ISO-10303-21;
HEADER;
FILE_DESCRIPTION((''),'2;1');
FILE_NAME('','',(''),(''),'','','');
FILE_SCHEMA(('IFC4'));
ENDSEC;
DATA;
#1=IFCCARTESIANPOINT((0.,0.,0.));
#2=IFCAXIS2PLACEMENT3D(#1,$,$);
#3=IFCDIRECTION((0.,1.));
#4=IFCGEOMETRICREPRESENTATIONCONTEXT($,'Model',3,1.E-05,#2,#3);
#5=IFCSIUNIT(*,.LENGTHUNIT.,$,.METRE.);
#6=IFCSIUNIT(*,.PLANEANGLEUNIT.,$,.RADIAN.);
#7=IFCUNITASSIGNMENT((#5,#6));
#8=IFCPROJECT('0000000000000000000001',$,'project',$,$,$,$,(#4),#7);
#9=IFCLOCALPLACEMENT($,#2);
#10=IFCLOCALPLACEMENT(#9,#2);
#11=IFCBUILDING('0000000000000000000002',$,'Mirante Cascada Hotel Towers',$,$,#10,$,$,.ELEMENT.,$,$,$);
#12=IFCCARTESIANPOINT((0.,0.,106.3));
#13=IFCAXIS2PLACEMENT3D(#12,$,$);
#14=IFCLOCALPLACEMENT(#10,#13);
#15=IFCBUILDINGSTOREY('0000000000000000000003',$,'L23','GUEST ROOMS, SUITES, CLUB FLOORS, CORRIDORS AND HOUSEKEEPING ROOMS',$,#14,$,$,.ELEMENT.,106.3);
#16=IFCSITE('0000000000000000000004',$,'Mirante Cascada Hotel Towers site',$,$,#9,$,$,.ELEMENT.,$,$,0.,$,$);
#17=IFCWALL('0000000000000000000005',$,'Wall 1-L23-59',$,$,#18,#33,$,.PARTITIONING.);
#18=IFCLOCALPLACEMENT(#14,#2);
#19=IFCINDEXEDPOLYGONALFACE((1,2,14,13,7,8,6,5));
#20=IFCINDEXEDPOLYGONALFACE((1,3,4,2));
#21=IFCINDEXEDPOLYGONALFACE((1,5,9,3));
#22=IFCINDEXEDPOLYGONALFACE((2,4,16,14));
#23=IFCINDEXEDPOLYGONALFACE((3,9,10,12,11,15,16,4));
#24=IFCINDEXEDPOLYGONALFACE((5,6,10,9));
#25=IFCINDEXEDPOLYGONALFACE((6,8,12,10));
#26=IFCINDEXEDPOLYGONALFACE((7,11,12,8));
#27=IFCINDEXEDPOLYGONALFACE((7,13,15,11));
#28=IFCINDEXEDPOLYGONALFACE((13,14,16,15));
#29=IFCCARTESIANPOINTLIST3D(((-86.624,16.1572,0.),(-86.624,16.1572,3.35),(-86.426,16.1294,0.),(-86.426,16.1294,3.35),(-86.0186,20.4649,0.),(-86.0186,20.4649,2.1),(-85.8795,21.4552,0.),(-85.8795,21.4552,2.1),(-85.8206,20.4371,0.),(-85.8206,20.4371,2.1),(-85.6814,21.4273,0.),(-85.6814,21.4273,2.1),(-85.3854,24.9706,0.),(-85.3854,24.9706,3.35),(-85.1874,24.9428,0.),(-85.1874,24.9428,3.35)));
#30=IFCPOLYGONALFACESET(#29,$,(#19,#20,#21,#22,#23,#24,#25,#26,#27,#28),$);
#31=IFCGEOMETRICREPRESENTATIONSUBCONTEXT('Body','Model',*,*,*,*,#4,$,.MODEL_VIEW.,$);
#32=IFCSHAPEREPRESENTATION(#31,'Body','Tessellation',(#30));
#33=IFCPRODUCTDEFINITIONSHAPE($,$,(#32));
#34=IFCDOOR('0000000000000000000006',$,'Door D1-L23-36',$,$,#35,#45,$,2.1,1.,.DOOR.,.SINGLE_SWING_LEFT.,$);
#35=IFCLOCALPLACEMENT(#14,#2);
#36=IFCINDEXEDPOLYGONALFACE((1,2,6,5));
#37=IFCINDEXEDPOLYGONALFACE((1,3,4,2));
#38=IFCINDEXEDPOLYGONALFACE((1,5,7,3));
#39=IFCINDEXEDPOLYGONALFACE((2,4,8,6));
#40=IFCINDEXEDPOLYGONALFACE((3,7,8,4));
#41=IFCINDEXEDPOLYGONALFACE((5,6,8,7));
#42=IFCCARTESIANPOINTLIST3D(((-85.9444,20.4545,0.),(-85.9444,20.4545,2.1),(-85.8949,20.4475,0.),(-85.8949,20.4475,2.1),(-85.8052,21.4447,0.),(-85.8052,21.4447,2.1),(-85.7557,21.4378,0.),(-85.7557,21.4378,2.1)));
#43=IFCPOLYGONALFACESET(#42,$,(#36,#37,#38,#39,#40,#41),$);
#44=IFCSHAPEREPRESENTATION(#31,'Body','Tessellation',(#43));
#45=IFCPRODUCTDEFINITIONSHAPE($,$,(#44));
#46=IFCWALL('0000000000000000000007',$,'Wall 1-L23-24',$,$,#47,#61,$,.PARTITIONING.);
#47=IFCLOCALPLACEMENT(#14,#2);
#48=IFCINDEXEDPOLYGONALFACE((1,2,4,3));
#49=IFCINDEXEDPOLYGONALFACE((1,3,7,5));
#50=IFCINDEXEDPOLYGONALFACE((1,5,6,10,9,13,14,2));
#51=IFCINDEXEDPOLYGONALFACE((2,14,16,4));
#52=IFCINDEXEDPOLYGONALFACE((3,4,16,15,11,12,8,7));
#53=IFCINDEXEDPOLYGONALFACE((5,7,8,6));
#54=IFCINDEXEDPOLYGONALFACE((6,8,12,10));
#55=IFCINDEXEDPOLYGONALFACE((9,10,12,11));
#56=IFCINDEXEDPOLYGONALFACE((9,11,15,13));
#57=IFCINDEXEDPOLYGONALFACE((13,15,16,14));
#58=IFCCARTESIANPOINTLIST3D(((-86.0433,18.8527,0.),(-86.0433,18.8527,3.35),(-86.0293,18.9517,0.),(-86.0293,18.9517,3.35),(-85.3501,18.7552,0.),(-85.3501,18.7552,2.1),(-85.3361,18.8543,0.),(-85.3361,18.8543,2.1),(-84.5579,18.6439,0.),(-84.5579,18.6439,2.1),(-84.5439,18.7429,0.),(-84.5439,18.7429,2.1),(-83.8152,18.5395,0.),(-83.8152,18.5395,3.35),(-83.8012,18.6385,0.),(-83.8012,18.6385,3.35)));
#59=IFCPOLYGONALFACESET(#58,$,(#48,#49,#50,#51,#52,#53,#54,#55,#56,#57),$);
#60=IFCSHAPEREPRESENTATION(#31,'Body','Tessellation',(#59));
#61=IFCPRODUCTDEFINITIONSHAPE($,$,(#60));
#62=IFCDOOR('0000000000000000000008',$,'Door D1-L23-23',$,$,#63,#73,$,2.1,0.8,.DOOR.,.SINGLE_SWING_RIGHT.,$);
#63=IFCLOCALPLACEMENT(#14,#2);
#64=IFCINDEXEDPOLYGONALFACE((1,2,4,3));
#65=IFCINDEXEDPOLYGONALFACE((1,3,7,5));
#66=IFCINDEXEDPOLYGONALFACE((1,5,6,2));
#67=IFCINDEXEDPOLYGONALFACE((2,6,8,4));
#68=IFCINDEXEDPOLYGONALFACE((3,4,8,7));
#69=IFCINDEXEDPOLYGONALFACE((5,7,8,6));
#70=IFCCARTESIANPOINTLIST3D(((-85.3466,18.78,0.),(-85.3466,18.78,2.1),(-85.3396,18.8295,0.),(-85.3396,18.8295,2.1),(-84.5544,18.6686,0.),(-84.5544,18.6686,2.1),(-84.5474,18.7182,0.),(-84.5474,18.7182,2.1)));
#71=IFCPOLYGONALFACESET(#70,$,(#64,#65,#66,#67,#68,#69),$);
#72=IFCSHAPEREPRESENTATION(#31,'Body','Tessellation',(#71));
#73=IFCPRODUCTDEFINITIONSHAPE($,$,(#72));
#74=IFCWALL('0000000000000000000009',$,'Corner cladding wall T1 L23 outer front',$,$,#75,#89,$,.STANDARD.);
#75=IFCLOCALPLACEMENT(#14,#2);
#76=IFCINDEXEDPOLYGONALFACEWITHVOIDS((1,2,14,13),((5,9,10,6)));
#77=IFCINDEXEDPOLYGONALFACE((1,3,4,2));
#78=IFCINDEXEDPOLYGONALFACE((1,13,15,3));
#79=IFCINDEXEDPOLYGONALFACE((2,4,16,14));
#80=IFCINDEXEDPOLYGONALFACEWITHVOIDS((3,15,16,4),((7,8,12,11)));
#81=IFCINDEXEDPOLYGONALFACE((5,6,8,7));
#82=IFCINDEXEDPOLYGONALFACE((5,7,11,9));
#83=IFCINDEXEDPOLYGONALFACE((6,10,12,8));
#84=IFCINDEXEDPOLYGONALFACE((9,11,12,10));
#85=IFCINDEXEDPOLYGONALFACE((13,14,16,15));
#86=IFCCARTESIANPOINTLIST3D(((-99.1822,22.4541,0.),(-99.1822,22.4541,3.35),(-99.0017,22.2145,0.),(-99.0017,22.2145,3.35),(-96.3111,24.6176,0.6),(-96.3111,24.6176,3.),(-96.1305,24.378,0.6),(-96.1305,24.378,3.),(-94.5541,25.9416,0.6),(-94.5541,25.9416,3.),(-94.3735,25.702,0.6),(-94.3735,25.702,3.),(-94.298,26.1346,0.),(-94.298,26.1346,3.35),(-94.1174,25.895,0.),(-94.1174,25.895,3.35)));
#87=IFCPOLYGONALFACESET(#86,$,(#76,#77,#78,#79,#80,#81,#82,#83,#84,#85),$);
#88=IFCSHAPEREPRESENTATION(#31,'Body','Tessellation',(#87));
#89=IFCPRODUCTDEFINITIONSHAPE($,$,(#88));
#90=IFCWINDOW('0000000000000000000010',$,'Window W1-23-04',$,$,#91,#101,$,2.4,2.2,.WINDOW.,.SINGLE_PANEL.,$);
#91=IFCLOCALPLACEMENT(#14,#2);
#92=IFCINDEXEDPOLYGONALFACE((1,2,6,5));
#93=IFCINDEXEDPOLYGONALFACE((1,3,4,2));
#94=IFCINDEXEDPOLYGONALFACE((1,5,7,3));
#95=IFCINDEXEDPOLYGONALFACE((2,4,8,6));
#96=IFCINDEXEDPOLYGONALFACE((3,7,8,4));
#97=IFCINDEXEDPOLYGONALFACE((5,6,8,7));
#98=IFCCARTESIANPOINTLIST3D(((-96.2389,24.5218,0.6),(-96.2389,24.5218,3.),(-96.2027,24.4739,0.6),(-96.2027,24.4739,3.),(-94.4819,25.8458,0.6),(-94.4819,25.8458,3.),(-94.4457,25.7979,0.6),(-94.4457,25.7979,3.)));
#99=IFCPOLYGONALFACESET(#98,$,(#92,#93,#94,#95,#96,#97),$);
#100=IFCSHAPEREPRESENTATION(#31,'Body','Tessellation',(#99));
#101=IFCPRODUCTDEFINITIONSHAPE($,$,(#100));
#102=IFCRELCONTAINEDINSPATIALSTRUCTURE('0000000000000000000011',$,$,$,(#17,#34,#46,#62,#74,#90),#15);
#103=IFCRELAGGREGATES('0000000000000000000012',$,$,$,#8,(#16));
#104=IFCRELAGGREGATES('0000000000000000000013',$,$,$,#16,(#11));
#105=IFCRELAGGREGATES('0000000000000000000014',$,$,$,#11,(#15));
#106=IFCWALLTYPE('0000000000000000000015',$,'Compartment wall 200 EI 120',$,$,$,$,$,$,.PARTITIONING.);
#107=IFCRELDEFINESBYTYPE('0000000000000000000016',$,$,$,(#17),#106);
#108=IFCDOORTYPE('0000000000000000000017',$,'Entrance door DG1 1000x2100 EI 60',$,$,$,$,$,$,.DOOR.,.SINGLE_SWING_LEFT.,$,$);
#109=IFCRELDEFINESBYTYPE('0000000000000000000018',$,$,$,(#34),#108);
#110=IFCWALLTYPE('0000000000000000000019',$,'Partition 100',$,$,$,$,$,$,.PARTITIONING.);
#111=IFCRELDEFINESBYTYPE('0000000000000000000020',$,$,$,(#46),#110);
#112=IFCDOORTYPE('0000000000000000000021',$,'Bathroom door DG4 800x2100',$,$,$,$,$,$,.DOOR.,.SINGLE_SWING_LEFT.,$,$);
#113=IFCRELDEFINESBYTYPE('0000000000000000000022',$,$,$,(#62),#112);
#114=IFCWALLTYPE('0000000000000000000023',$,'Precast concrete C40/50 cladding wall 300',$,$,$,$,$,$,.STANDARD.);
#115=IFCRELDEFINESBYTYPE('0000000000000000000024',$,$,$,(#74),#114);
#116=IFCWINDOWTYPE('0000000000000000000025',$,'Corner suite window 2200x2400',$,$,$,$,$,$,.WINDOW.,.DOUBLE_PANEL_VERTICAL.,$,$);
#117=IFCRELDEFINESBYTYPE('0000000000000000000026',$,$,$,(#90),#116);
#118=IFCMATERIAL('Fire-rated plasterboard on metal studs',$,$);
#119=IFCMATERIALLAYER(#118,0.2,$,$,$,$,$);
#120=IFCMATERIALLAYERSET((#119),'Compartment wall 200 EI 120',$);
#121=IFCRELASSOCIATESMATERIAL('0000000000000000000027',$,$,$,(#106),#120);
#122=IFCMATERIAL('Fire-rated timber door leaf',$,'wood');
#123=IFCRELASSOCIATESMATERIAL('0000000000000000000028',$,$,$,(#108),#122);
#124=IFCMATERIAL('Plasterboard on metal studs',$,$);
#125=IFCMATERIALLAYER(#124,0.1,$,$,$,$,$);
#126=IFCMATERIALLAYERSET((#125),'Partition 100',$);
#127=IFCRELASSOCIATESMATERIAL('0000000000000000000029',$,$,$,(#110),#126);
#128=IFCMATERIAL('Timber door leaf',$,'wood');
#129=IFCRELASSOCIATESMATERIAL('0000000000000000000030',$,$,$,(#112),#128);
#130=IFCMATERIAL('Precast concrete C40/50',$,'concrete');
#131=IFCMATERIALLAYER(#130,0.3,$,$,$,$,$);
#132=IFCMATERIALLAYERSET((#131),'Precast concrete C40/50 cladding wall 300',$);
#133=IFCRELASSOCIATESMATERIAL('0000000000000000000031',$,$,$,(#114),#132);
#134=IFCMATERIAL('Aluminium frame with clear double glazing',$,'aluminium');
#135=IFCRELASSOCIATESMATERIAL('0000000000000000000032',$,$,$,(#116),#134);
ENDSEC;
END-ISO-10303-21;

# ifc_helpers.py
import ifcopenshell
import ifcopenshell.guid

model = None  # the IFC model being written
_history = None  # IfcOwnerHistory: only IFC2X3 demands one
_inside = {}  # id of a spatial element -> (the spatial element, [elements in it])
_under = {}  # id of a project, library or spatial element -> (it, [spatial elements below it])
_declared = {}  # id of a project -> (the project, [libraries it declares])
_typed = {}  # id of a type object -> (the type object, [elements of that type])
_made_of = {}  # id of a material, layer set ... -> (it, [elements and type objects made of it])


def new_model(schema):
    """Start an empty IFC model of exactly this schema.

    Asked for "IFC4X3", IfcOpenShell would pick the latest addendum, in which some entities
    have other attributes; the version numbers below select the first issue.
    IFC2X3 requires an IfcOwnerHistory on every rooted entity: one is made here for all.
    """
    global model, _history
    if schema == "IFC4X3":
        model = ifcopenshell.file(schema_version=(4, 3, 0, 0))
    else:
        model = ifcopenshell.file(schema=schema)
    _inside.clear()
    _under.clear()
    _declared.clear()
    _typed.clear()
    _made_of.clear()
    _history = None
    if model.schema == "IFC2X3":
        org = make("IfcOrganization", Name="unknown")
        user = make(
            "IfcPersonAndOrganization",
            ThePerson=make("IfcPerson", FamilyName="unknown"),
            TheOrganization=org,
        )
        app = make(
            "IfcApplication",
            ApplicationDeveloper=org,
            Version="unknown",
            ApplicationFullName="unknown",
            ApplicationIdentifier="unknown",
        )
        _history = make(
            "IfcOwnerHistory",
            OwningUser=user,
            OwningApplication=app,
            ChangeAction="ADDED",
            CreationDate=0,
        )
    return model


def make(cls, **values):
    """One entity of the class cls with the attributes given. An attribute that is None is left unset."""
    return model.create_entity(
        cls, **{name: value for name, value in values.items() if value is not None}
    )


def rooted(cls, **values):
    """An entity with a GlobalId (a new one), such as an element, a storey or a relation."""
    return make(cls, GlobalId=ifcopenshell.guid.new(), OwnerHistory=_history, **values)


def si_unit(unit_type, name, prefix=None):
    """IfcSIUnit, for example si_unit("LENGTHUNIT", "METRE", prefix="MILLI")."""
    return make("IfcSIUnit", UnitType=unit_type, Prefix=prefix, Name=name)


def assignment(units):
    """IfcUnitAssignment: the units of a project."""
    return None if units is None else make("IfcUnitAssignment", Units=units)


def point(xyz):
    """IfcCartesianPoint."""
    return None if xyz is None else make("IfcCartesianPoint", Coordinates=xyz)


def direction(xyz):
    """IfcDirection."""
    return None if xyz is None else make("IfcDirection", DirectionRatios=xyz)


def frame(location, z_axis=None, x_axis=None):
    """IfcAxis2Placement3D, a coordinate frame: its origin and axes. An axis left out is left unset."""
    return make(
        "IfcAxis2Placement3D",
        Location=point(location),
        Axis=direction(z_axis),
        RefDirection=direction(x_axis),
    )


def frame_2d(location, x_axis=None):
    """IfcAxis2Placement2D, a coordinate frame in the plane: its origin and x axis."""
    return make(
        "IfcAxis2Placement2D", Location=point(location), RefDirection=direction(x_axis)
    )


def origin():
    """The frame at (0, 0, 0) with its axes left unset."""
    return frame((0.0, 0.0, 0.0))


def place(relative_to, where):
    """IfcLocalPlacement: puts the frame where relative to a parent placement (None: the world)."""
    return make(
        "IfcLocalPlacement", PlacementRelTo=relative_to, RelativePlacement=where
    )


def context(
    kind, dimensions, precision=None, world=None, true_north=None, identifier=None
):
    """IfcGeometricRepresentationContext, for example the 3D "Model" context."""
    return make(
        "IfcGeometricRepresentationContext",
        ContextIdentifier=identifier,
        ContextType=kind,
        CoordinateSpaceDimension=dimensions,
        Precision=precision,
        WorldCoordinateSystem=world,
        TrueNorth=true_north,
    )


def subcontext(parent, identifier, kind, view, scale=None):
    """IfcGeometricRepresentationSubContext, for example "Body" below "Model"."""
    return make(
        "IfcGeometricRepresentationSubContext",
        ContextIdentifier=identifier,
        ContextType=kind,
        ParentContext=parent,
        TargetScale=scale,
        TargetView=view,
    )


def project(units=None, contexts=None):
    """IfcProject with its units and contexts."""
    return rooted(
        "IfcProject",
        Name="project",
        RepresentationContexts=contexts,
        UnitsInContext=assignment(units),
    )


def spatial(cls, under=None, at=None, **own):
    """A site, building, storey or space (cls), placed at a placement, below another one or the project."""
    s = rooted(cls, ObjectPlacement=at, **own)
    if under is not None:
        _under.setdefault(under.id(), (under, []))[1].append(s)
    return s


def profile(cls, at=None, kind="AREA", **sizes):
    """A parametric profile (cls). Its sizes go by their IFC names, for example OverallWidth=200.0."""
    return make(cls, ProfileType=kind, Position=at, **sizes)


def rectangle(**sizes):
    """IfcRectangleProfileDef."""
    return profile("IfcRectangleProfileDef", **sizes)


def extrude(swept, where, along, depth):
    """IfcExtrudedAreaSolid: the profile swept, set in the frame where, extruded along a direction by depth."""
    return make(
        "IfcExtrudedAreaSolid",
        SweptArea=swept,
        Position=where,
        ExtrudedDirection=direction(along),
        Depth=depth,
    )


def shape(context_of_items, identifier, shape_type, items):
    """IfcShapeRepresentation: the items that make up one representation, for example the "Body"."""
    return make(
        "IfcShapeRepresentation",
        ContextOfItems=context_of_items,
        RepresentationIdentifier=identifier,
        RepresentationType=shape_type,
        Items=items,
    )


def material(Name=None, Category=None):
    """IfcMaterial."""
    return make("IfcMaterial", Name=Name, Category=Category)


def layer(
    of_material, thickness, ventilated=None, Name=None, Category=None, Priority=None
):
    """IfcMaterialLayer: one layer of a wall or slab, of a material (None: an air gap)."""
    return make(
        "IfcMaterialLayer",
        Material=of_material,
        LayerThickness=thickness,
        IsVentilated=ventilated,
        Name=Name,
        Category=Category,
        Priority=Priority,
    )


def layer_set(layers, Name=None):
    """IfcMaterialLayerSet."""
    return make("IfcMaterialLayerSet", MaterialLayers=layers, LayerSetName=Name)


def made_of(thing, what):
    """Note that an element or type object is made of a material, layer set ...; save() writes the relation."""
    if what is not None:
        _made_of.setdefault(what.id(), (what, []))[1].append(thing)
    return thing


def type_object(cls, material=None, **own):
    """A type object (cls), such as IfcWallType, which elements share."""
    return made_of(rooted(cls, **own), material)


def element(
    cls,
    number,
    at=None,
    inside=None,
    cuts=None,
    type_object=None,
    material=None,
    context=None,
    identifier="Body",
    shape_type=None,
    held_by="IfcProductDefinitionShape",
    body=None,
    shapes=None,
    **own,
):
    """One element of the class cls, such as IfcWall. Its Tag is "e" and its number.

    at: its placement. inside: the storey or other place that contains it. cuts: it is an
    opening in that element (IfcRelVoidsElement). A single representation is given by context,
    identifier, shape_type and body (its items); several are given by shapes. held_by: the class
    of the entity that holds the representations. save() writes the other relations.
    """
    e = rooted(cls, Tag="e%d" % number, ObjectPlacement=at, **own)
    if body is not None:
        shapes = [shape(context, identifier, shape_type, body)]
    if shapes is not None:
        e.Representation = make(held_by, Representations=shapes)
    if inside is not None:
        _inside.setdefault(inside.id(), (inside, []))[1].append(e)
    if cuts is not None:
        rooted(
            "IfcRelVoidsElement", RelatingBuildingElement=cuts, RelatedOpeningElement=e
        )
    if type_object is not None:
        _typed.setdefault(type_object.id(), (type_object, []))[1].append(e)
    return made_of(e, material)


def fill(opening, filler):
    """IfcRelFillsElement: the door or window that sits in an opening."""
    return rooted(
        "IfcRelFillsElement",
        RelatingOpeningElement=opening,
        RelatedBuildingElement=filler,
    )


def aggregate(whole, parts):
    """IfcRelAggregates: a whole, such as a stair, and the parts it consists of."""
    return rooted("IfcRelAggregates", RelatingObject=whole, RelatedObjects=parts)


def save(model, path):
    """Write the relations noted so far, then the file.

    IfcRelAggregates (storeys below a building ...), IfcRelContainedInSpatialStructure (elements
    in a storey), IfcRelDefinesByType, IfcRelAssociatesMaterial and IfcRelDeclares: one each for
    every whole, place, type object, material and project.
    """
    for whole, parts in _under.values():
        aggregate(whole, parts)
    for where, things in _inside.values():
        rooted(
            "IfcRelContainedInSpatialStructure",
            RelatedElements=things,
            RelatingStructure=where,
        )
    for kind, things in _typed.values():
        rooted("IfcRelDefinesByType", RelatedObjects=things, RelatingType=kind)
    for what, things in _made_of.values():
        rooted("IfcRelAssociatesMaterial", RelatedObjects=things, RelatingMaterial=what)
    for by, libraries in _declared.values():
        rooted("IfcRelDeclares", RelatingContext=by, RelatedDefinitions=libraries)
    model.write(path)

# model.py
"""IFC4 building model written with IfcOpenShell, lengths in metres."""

from ifc_helpers import new_model, si_unit, direction, frame, frame_2d, origin, place, context, subcontext, project, spatial, rectangle, extrude, material, layer, layer_set, type_object, element, fill, save


model = new_model("IFC4")

# Units and contexts
model_context = context("Model", 3, precision=1e-05, world=origin(), true_north=direction((0.0, 1.0)))
body_context = subcontext(model_context, "Body", "Model", "MODEL_VIEW")
ifc_project = project(units=[si_unit("LENGTHUNIT", "METRE"), si_unit("PLANEANGLEUNIT", "RADIAN")], contexts=[model_context])

# Site, building, storey
site_placement = place(None, origin())
site = spatial("IfcSite", under=ifc_project, at=site_placement, Name="Mirante Cascada Hotel Towers site", CompositionType="ELEMENT", RefElevation=0.0)
building_placement = place(site_placement, origin())
building = spatial("IfcBuilding", under=site, at=building_placement, Name="Mirante Cascada Hotel Towers", CompositionType="ELEMENT")
storey_placement = place(building_placement, frame((0.0, 0.0, 106.3)))
storey = spatial("IfcBuildingStorey", under=building, at=storey_placement, Name="L23", Description="GUEST ROOMS, SUITES, CLUB FLOORS, CORRIDORS AND HOUSEKEEPING ROOMS", CompositionType="ELEMENT", Elevation=106.3)

# Shared definitions
ifc_material_1 = material(Name="Fire-rated plasterboard on metal studs")
ifc_layer_1 = layer(ifc_material_1, 0.2)
ifc_layer_set_1 = layer_set([ifc_layer_1], Name="Compartment wall 200 EI 120")
wall_type_1 = type_object("IfcWallType", Name="Compartment wall 200 EI 120", PredefinedType="PARTITIONING", material=ifc_layer_set_1)

# Walls, openings, doors
wall_1_placement = place(storey_placement, frame((-85.2864, 24.9567, 0.0), z_axis=(0.0, 0.0, 1.0), x_axis=(-0.139168, -0.990269, 0.0)))
wall_1 = element("IfcWall", 1, at=wall_1_placement, inside=storey, type_object=wall_type_1, Name="Wall 1-L23-59", PredefinedType="PARTITIONING", context=body_context, shape_type="SweptSolid", body=[
    extrude(rectangle(XDim=8.9, YDim=0.2, at=frame_2d((4.45, 0.0))), origin(), (0.0, 0.0, 1.0), 3.35),
])
opening_1_placement = place(wall_1_placement, frame((3.55, 0.0, 0.0)))
opening_1 = element("IfcOpeningElement", 2, at=opening_1_placement, cuts=wall_1, PredefinedType="OPENING", context=body_context, shape_type="SweptSolid", body=[
    extrude(rectangle(XDim=1.0, YDim=2.1, at=frame_2d((0.5, 1.05))), frame((0.0, 0.1, 0.0), z_axis=(0.0, -1.0, 0.0), x_axis=(1.0, 0.0, 0.0)), (0.0, 0.0, 1.0), 0.2),
])
ifc_material_2 = material(Name="Fire-rated timber door leaf", Category="wood")
door_type_1 = type_object("IfcDoorType", Name="Entrance door DG1 1000x2100 EI 60", OperationType="SINGLE_SWING_LEFT", PredefinedType="DOOR", material=ifc_material_2)
door_1_placement = place(opening_1_placement, origin())
door_1 = element("IfcDoor", 3, at=door_1_placement, inside=storey, type_object=door_type_1, Name="Door D1-L23-36", OperationType="SINGLE_SWING_LEFT", OverallHeight=2.1, OverallWidth=1.0, PredefinedType="DOOR", context=body_context, shape_type="SweptSolid", body=[
    extrude(rectangle(XDim=1.0, YDim=2.1, at=frame_2d((0.5, 1.05))), frame((0.0, 0.025, 0.0), z_axis=(0.0, -1.0, 0.0), x_axis=(1.0, 0.0, 0.0)), (0.0, 0.0, 1.0), 0.05),
])
fill(opening_1, door_1)
ifc_material_3 = material(Name="Plasterboard on metal studs")
ifc_layer_2 = layer(ifc_material_3, 0.1)
ifc_layer_set_2 = layer_set([ifc_layer_2], Name="Partition 100")
wall_type_2 = type_object("IfcWallType", Name="Partition 100", PredefinedType="PARTITIONING", material=ifc_layer_set_2)
wall_2_placement = place(storey_placement, frame((-83.8082, 18.589, 0.0), z_axis=(0.0, 0.0, 1.0), x_axis=(-0.990264, 0.1392, 0.0)))
wall_2 = element("IfcWall", 4, at=wall_2_placement, inside=storey, type_object=wall_type_2, Name="Wall 1-L23-24", PredefinedType="PARTITIONING", context=body_context, shape_type="SweptSolid", body=[
    extrude(rectangle(XDim=2.25, YDim=0.1, at=frame_2d((1.125, 0.0))), origin(), (0.0, 0.0, 1.0), 3.35),
])
opening_2_placement = place(wall_2_placement, frame((0.75, 0.0, 0.0)))
opening_2 = element("IfcOpeningElement", 5, at=opening_2_placement, cuts=wall_2, PredefinedType="OPENING", context=body_context, shape_type="SweptSolid", body=[
    extrude(rectangle(XDim=0.8, YDim=2.1, at=frame_2d((0.4, 1.05))), frame((0.0, 0.05, 0.0), z_axis=(0.0, -1.0, 0.0), x_axis=(1.0, 0.0, 0.0)), (0.0, 0.0, 1.0), 0.1),
])
ifc_material_4 = material(Name="Timber door leaf", Category="wood")
door_type_2 = type_object("IfcDoorType", Name="Bathroom door DG4 800x2100", OperationType="SINGLE_SWING_LEFT", PredefinedType="DOOR", material=ifc_material_4)
door_2_placement = place(opening_2_placement, frame((0.8, 0.0, 0.0), z_axis=(0.0, 0.0, 1.0), x_axis=(-1.0, 0.0, 0.0)))
door_2 = element("IfcDoor", 6, at=door_2_placement, inside=storey, type_object=door_type_2, Name="Door D1-L23-23", OperationType="SINGLE_SWING_RIGHT", OverallHeight=2.1, OverallWidth=0.8, PredefinedType="DOOR", context=body_context, shape_type="SweptSolid", body=[
    extrude(rectangle(XDim=0.8, YDim=2.1, at=frame_2d((0.4, 1.05))), frame((0.0, 0.025, 0.0), z_axis=(0.0, -1.0, 0.0), x_axis=(1.0, 0.0, 0.0)), (0.0, 0.0, 1.0), 0.05),
])
fill(opening_2, door_2)

# Wall, opening, window
ifc_material_5 = material(Name="Precast concrete C40/50", Category="concrete")
ifc_layer_3 = layer(ifc_material_5, 0.3)
ifc_layer_set_3 = layer_set([ifc_layer_3], Name="Precast concrete C40/50 cladding wall 300")
wall_type_3 = type_object("IfcWallType", Name="Precast concrete C40/50 cladding wall 300", PredefinedType="STANDARD", material=ifc_layer_set_3)
wall_3_placement = place(storey_placement, frame((-99.0919, 22.3343, 0.0), z_axis=(0.0, 0.0, 1.0), x_axis=(0.798636, 0.601814, 0.0)))
wall_3 = element("IfcWall", 7, at=wall_3_placement, inside=storey, type_object=wall_type_3, Name="Corner cladding wall T1 L23 outer front", PredefinedType="STANDARD", context=body_context, shape_type="SweptSolid", body=[
    extrude(rectangle(XDim=6.1157, YDim=0.3, at=frame_2d((3.0578, 0.0))), origin(), (0.0, 0.0, 1.0), 3.35),
])
opening_3_placement = place(wall_3_placement, frame((3.595, 0.0, 0.6)))
opening_3 = element("IfcOpeningElement", 8, at=opening_3_placement, cuts=wall_3, PredefinedType="OPENING", context=body_context, shape_type="SweptSolid", body=[
    extrude(rectangle(XDim=2.2, YDim=2.4, at=frame_2d((1.1, 1.2))), frame((0.0, 0.15, 0.0), z_axis=(0.0, -1.0, 0.0), x_axis=(1.0, 0.0, 0.0)), (0.0, 0.0, 1.0), 0.3),
])
ifc_material_6 = material(Name="Aluminium frame with clear double glazing", Category="aluminium")
window_type = type_object("IfcWindowType", Name="Corner suite window 2200x2400", PartitioningType="DOUBLE_PANEL_VERTICAL", PredefinedType="WINDOW", material=ifc_material_6)
window_placement = place(opening_3_placement, origin())
window = element("IfcWindow", 9, at=window_placement, inside=storey, type_object=window_type, Name="Window W1-23-04", OverallHeight=2.4, OverallWidth=2.2, PartitioningType="SINGLE_PANEL", PredefinedType="WINDOW", context=body_context, shape_type="SweptSolid", body=[
    extrude(rectangle(XDim=2.2, YDim=2.4, at=frame_2d((1.1, 1.2))), frame((0.0, 0.03, 0.0), z_axis=(0.0, -1.0, 0.0), x_axis=(1.0, 0.0, 0.0)), (0.0, 0.0, 1.0), 0.06),
])
fill(opening_3, window)

save(model, "model.ifc")
